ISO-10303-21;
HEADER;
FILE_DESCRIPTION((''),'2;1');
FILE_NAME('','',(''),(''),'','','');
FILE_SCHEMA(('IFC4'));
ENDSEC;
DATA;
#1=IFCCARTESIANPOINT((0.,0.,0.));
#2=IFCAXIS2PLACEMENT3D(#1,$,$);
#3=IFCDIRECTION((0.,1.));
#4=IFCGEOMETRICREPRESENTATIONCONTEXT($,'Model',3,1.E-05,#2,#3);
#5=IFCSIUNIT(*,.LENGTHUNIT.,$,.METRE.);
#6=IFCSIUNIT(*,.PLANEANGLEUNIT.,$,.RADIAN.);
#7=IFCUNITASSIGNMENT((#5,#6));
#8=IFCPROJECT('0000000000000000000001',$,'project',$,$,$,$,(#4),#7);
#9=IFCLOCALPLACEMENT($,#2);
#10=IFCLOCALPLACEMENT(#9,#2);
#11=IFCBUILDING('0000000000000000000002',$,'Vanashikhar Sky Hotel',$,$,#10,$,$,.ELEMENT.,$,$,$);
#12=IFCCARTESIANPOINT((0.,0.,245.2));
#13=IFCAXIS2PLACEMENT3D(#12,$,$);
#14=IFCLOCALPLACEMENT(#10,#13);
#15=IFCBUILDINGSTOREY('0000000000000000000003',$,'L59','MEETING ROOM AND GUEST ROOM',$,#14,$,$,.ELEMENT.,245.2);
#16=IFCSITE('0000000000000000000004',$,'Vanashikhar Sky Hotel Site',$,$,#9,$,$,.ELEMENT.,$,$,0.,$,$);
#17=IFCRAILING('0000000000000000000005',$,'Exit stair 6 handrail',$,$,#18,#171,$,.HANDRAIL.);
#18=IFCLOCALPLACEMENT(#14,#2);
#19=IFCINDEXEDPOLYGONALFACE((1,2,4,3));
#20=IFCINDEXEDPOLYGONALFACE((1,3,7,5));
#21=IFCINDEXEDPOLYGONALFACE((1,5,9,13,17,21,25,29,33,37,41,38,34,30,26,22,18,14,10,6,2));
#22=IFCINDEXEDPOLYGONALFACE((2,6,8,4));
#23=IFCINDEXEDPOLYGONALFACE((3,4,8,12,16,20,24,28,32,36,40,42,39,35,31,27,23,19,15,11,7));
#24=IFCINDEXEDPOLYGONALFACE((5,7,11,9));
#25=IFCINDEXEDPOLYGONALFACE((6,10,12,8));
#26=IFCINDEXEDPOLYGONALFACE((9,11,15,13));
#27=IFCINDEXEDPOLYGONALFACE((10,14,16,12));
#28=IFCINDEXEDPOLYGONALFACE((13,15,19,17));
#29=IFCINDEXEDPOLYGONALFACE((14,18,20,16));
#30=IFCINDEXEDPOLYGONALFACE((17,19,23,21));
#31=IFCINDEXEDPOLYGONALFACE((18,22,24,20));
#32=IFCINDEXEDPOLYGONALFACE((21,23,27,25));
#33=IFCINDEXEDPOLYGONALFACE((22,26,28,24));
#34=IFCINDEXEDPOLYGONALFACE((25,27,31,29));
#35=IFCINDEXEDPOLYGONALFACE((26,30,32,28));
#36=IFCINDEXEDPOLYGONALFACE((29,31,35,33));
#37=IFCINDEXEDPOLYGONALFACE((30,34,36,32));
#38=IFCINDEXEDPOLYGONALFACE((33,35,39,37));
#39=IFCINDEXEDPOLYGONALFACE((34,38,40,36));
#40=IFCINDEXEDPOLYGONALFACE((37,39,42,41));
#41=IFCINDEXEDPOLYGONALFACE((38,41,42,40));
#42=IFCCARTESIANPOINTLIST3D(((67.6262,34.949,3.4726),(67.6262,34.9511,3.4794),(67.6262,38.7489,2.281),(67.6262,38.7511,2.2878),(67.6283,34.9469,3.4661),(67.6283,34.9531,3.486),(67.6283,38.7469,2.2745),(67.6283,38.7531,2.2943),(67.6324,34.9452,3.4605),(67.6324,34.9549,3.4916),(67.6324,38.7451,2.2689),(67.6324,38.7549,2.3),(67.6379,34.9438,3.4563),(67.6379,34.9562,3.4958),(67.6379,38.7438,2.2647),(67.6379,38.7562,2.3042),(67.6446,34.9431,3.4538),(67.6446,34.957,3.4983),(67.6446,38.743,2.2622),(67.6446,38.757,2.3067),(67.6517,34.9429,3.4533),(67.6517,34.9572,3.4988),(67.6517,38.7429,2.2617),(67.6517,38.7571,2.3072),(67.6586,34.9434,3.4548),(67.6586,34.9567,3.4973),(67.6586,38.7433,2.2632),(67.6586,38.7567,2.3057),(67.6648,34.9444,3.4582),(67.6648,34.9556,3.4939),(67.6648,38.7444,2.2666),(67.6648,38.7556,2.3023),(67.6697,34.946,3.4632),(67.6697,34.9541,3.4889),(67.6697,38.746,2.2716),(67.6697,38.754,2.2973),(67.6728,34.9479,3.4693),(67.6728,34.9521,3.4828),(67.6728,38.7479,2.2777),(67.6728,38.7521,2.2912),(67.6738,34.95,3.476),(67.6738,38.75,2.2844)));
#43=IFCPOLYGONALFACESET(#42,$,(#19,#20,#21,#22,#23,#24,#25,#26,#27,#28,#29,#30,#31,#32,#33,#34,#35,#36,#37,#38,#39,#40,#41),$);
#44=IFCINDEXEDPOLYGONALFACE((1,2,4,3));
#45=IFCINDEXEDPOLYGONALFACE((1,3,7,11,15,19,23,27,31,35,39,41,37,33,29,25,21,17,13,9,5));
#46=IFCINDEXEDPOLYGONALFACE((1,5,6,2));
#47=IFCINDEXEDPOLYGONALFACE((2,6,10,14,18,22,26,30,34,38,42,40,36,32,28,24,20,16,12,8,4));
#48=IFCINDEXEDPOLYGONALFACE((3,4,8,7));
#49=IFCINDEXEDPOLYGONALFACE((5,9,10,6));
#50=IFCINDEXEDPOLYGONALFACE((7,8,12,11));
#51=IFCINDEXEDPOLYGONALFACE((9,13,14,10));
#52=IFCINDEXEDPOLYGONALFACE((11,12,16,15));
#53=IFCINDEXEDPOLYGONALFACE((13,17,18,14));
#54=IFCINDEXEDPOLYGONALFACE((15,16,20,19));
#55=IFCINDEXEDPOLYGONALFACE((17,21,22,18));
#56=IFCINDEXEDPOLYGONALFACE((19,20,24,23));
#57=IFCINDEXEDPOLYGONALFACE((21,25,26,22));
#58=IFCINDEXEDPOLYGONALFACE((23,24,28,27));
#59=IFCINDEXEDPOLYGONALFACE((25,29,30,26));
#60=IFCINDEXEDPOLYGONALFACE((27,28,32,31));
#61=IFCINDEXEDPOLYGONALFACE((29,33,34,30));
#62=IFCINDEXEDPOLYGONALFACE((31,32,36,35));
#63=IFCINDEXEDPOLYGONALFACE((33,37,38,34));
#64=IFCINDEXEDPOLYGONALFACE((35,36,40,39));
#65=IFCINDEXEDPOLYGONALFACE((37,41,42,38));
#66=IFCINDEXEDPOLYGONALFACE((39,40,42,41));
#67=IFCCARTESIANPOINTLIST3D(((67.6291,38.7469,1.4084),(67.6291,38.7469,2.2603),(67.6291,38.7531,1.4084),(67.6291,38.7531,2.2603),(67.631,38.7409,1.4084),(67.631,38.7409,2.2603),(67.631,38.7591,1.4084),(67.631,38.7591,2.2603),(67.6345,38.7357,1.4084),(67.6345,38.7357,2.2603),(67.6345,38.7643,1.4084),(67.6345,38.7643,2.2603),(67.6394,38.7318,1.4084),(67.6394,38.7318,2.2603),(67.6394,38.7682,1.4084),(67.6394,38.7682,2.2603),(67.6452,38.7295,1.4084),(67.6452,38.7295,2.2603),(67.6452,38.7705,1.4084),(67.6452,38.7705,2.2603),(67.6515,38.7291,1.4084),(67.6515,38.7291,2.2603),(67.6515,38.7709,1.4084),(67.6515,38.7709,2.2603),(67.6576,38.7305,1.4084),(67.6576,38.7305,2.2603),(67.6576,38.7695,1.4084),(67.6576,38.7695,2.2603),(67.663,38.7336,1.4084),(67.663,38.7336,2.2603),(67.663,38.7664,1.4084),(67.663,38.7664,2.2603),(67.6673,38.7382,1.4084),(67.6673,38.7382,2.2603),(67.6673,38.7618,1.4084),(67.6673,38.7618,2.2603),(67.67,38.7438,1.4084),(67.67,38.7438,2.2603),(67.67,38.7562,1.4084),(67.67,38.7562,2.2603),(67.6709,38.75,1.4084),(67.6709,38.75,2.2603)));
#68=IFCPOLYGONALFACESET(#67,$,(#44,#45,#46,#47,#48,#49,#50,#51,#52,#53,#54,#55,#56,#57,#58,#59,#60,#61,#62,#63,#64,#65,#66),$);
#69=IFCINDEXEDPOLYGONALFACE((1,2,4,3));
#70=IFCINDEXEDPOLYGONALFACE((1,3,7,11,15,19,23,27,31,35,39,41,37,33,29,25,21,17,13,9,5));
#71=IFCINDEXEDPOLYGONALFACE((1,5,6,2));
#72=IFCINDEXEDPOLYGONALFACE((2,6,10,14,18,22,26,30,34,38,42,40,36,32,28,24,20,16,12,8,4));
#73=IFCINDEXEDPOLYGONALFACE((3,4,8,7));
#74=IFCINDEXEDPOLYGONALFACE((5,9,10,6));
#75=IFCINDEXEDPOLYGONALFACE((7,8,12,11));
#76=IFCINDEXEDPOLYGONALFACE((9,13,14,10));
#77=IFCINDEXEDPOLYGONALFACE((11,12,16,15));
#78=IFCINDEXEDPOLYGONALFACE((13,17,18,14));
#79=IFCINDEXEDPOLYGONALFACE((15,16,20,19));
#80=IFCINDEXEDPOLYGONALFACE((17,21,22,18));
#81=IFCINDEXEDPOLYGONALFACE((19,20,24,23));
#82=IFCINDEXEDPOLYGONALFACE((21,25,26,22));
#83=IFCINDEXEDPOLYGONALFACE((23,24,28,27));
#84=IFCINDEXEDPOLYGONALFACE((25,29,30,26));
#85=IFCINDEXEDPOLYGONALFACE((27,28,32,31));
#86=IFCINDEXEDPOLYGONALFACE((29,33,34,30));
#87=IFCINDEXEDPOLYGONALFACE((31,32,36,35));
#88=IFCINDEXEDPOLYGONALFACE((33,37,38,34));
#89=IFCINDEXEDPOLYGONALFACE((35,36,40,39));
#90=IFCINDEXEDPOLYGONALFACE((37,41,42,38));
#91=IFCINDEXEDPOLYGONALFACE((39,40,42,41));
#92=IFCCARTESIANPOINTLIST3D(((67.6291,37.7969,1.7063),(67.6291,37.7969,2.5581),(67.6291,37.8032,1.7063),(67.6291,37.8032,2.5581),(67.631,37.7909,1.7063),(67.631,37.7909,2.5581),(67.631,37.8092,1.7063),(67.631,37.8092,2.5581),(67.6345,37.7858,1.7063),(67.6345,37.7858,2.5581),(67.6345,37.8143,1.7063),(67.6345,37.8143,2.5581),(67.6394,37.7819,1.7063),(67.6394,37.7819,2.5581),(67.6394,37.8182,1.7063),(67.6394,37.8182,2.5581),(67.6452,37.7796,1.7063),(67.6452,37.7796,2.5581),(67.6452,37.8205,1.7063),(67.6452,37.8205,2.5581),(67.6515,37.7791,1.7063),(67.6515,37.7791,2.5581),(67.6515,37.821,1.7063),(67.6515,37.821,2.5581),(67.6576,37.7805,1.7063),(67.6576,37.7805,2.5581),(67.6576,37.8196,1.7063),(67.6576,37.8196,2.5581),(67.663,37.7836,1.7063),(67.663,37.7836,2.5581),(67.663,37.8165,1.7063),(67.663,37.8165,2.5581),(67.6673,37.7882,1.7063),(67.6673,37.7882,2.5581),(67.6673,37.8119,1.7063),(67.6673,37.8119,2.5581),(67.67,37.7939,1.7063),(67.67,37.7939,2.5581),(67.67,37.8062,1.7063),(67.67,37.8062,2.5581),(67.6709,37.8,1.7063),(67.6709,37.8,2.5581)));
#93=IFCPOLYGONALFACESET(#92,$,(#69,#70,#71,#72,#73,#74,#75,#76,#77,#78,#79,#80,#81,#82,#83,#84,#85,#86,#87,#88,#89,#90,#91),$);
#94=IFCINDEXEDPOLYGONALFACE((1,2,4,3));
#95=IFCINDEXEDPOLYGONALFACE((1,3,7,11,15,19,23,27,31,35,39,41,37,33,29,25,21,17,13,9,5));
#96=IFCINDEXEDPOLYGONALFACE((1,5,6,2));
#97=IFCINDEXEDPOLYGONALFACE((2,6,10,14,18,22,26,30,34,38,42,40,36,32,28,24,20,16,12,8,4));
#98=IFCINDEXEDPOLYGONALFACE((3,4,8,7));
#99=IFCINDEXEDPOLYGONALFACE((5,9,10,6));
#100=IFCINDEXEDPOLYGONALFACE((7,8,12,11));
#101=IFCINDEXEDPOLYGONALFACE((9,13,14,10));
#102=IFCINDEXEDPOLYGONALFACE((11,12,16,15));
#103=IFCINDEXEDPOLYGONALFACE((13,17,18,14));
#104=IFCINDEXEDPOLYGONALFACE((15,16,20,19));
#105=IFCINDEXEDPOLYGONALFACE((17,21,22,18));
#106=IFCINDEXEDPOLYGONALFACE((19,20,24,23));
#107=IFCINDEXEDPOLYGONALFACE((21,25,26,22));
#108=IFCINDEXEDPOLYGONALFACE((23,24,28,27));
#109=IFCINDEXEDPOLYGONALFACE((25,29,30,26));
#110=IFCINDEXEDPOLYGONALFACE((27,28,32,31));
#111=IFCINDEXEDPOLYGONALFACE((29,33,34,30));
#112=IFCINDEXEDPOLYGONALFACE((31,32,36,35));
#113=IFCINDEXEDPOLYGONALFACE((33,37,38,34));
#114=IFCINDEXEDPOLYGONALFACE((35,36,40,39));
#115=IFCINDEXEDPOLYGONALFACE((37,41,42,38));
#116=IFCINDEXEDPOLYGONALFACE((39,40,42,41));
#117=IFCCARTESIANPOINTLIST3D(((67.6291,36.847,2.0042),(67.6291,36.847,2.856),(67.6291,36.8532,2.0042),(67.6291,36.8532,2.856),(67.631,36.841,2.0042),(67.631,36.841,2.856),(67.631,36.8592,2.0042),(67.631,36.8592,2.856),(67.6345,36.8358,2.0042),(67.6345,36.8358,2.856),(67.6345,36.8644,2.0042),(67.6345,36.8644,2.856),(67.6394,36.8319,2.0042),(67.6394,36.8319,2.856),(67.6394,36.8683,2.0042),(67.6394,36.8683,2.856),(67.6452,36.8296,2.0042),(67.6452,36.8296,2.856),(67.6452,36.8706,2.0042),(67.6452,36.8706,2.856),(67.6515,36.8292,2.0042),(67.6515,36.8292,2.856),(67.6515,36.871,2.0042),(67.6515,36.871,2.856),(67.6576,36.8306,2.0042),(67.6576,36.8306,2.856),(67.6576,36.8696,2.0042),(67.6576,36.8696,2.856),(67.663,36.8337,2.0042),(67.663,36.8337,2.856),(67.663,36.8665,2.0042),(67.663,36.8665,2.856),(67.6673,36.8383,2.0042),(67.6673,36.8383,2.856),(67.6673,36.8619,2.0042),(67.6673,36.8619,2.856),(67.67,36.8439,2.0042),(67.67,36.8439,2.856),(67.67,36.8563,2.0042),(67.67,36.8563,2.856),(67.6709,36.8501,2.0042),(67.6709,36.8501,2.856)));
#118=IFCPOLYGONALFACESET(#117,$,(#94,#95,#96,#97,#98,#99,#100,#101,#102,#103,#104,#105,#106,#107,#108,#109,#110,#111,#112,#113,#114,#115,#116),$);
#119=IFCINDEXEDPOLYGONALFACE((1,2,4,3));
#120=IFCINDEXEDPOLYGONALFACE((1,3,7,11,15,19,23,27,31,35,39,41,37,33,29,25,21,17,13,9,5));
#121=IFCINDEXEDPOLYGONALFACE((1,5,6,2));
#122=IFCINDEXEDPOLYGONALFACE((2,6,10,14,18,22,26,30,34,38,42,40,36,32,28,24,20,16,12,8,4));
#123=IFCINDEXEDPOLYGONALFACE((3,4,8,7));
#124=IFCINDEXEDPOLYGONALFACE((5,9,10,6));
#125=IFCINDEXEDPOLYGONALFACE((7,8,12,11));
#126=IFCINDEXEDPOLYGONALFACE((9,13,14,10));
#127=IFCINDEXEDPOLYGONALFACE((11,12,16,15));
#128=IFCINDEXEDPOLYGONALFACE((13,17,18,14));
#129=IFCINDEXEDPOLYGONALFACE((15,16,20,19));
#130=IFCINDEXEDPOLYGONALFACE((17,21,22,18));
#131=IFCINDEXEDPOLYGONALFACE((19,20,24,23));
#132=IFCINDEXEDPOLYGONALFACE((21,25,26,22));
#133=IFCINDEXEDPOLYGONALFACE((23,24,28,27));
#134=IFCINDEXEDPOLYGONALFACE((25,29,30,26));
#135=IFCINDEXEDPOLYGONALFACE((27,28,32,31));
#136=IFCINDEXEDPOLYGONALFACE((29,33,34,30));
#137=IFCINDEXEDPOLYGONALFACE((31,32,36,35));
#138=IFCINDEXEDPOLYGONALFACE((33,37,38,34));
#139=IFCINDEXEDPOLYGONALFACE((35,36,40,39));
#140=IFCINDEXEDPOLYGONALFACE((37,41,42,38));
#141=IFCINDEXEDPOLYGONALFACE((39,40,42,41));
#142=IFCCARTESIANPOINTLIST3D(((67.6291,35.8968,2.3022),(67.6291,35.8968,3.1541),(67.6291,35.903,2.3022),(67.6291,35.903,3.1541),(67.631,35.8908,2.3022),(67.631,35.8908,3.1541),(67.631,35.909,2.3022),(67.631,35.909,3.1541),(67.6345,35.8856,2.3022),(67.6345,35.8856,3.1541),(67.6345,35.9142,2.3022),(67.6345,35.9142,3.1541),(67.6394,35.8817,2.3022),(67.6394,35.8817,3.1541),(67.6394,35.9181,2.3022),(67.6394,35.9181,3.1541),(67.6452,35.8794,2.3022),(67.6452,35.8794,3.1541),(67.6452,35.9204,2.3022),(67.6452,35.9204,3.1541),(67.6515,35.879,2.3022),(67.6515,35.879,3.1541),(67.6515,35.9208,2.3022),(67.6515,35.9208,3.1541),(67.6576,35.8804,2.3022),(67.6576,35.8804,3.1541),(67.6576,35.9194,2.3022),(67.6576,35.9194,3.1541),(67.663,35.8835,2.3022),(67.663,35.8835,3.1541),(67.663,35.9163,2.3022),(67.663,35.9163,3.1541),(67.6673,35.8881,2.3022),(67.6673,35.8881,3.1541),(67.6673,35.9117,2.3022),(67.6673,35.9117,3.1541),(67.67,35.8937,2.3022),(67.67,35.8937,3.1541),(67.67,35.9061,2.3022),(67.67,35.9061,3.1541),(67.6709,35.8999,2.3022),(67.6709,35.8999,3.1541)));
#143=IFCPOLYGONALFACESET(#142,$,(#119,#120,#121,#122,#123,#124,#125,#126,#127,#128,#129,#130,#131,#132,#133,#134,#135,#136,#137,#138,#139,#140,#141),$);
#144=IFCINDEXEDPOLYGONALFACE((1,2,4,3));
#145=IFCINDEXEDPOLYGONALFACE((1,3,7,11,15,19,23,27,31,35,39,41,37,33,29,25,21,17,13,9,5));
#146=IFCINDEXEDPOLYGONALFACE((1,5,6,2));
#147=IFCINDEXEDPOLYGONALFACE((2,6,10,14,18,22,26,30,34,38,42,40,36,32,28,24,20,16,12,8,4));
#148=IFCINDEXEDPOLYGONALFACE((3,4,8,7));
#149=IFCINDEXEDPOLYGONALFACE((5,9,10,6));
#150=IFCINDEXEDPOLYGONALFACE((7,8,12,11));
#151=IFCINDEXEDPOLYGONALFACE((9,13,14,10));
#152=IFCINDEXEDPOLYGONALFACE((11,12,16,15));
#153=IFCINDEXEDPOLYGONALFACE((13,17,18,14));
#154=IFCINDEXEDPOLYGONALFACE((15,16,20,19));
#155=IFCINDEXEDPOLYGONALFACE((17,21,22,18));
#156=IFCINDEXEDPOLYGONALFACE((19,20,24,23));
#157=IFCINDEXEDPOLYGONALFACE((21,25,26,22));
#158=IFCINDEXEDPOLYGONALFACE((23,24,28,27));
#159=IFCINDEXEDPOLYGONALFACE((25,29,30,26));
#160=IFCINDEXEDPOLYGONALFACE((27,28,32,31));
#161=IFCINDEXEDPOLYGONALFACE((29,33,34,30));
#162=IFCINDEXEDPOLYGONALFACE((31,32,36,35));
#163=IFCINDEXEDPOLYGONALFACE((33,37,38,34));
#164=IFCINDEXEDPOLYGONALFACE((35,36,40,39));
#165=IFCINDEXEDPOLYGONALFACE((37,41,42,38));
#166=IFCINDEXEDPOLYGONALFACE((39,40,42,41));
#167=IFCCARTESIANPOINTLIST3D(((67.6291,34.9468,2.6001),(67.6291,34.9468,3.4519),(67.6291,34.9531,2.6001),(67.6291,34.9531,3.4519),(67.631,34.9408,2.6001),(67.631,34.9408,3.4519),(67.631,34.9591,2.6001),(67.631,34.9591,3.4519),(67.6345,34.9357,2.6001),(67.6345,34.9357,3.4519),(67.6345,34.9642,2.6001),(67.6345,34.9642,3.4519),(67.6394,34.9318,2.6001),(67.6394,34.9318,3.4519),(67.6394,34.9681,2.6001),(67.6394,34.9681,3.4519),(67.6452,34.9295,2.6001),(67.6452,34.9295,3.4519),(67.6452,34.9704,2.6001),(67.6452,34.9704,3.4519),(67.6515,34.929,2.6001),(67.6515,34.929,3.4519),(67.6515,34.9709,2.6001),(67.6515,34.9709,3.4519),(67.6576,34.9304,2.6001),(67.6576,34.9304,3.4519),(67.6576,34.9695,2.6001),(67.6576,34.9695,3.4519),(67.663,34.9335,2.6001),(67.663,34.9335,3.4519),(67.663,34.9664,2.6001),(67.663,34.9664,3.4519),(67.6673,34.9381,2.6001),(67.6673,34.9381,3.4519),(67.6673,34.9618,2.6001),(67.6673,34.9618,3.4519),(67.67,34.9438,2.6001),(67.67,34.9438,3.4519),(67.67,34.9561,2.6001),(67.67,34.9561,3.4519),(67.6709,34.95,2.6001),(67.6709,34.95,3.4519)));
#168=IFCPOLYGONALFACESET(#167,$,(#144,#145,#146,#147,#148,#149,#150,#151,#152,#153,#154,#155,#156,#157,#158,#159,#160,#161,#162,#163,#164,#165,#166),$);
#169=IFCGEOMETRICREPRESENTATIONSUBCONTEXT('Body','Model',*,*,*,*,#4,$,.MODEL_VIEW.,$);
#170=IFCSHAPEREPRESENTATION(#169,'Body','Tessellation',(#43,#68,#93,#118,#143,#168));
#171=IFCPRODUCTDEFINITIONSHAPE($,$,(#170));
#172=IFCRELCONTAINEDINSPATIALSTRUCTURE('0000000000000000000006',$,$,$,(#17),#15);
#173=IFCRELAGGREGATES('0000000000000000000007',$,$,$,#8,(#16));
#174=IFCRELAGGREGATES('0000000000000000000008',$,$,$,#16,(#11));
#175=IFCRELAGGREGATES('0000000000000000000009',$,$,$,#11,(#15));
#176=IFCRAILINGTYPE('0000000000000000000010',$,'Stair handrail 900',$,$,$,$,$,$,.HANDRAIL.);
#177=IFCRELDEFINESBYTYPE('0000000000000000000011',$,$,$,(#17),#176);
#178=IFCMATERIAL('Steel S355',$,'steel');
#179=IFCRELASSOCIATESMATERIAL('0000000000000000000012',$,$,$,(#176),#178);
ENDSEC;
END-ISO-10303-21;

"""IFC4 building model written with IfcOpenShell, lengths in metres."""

from ifc_helpers import new_model, si_unit, direction, frame, origin, origin_2d, place, context, subcontext, project, spatial, circle, extrude, source, transform, mapped, material, type_object, element, save


model = new_model("IFC4")

# Units and contexts
model_context = context("Model", 3, precision=1e-05, world=origin(), true_north=direction((0.0, 1.0)))
body_context = subcontext(model_context, "Body", "Model", "MODEL_VIEW")
ifc_project = project(units=[si_unit("LENGTHUNIT", "METRE"), si_unit("PLANEANGLEUNIT", "RADIAN")], contexts=[model_context])

# Site, building, storey
site_placement = place(None, origin())
site = spatial("IfcSite", under=ifc_project, at=site_placement, Name="Vanashikhar Sky Hotel Site", CompositionType="ELEMENT", RefElevation=0.0)
building_placement = place(site_placement, origin())
building = spatial("IfcBuilding", under=site, at=building_placement, Name="Vanashikhar Sky Hotel", CompositionType="ELEMENT")
storey_placement = place(building_placement, frame((0.0, 0.0, 245.2)))
storey = spatial("IfcBuildingStorey", under=building, at=storey_placement, Name="L59", Description="MEETING ROOM AND GUEST ROOM", CompositionType="ELEMENT", Elevation=245.2)

# Railing
ifc_material_1 = material(Name="Steel S355", Category="steel")
railing_type_1 = type_object("IfcRailingType", Name="Stair handrail 900", PredefinedType="HANDRAIL", material=ifc_material_1)
shared_shape_1 = source(origin(), body_context, "Body", "SweptSolid", [
    extrude(circle(Radius=0.0239, at=origin_2d()), frame((0.0, 0.0, 0.876), z_axis=(0.0, -0.954184, 0.299221), x_axis=(1.0, 0.0, 0.0)), (0.0, 0.0, 1.0), 3.9824),
    extrude(circle(Radius=0.021, at=origin_2d()), origin(), (0.0, 0.0, 1.0), 0.8518),
    extrude(circle(Radius=0.021, at=origin_2d()), frame((0.0, -0.95, 0.2979)), (0.0, 0.0, 1.0), 0.8518),
    extrude(circle(Radius=0.021, at=origin_2d()), frame((0.0, -1.8999, 0.5957)), (0.0, 0.0, 1.0), 0.8518),
    extrude(circle(Radius=0.021, at=origin_2d()), frame((0.0, -2.8501, 0.8938)), (0.0, 0.0, 1.0), 0.8518),
    extrude(circle(Radius=0.021, at=origin_2d()), frame((0.0, -3.8, 1.1917)), (0.0, 0.0, 1.0), 0.8518),
])
for number, where, name in (
    (1, (67.6499, 38.75, 1.4084), "Exit stair 6 handrail"),
):
    element("IfcRailing", number, at=place(storey_placement, frame(where)), inside=storey, type_object=railing_type_1, Name=name, PredefinedType="HANDRAIL", context=body_context, shape_type="MappedRepresentation", body=[
        mapped(shared_shape_1, transform((0.0, 0.0, 0.0), scale=1.0)),
    ])

save(model, "model.ifc")
